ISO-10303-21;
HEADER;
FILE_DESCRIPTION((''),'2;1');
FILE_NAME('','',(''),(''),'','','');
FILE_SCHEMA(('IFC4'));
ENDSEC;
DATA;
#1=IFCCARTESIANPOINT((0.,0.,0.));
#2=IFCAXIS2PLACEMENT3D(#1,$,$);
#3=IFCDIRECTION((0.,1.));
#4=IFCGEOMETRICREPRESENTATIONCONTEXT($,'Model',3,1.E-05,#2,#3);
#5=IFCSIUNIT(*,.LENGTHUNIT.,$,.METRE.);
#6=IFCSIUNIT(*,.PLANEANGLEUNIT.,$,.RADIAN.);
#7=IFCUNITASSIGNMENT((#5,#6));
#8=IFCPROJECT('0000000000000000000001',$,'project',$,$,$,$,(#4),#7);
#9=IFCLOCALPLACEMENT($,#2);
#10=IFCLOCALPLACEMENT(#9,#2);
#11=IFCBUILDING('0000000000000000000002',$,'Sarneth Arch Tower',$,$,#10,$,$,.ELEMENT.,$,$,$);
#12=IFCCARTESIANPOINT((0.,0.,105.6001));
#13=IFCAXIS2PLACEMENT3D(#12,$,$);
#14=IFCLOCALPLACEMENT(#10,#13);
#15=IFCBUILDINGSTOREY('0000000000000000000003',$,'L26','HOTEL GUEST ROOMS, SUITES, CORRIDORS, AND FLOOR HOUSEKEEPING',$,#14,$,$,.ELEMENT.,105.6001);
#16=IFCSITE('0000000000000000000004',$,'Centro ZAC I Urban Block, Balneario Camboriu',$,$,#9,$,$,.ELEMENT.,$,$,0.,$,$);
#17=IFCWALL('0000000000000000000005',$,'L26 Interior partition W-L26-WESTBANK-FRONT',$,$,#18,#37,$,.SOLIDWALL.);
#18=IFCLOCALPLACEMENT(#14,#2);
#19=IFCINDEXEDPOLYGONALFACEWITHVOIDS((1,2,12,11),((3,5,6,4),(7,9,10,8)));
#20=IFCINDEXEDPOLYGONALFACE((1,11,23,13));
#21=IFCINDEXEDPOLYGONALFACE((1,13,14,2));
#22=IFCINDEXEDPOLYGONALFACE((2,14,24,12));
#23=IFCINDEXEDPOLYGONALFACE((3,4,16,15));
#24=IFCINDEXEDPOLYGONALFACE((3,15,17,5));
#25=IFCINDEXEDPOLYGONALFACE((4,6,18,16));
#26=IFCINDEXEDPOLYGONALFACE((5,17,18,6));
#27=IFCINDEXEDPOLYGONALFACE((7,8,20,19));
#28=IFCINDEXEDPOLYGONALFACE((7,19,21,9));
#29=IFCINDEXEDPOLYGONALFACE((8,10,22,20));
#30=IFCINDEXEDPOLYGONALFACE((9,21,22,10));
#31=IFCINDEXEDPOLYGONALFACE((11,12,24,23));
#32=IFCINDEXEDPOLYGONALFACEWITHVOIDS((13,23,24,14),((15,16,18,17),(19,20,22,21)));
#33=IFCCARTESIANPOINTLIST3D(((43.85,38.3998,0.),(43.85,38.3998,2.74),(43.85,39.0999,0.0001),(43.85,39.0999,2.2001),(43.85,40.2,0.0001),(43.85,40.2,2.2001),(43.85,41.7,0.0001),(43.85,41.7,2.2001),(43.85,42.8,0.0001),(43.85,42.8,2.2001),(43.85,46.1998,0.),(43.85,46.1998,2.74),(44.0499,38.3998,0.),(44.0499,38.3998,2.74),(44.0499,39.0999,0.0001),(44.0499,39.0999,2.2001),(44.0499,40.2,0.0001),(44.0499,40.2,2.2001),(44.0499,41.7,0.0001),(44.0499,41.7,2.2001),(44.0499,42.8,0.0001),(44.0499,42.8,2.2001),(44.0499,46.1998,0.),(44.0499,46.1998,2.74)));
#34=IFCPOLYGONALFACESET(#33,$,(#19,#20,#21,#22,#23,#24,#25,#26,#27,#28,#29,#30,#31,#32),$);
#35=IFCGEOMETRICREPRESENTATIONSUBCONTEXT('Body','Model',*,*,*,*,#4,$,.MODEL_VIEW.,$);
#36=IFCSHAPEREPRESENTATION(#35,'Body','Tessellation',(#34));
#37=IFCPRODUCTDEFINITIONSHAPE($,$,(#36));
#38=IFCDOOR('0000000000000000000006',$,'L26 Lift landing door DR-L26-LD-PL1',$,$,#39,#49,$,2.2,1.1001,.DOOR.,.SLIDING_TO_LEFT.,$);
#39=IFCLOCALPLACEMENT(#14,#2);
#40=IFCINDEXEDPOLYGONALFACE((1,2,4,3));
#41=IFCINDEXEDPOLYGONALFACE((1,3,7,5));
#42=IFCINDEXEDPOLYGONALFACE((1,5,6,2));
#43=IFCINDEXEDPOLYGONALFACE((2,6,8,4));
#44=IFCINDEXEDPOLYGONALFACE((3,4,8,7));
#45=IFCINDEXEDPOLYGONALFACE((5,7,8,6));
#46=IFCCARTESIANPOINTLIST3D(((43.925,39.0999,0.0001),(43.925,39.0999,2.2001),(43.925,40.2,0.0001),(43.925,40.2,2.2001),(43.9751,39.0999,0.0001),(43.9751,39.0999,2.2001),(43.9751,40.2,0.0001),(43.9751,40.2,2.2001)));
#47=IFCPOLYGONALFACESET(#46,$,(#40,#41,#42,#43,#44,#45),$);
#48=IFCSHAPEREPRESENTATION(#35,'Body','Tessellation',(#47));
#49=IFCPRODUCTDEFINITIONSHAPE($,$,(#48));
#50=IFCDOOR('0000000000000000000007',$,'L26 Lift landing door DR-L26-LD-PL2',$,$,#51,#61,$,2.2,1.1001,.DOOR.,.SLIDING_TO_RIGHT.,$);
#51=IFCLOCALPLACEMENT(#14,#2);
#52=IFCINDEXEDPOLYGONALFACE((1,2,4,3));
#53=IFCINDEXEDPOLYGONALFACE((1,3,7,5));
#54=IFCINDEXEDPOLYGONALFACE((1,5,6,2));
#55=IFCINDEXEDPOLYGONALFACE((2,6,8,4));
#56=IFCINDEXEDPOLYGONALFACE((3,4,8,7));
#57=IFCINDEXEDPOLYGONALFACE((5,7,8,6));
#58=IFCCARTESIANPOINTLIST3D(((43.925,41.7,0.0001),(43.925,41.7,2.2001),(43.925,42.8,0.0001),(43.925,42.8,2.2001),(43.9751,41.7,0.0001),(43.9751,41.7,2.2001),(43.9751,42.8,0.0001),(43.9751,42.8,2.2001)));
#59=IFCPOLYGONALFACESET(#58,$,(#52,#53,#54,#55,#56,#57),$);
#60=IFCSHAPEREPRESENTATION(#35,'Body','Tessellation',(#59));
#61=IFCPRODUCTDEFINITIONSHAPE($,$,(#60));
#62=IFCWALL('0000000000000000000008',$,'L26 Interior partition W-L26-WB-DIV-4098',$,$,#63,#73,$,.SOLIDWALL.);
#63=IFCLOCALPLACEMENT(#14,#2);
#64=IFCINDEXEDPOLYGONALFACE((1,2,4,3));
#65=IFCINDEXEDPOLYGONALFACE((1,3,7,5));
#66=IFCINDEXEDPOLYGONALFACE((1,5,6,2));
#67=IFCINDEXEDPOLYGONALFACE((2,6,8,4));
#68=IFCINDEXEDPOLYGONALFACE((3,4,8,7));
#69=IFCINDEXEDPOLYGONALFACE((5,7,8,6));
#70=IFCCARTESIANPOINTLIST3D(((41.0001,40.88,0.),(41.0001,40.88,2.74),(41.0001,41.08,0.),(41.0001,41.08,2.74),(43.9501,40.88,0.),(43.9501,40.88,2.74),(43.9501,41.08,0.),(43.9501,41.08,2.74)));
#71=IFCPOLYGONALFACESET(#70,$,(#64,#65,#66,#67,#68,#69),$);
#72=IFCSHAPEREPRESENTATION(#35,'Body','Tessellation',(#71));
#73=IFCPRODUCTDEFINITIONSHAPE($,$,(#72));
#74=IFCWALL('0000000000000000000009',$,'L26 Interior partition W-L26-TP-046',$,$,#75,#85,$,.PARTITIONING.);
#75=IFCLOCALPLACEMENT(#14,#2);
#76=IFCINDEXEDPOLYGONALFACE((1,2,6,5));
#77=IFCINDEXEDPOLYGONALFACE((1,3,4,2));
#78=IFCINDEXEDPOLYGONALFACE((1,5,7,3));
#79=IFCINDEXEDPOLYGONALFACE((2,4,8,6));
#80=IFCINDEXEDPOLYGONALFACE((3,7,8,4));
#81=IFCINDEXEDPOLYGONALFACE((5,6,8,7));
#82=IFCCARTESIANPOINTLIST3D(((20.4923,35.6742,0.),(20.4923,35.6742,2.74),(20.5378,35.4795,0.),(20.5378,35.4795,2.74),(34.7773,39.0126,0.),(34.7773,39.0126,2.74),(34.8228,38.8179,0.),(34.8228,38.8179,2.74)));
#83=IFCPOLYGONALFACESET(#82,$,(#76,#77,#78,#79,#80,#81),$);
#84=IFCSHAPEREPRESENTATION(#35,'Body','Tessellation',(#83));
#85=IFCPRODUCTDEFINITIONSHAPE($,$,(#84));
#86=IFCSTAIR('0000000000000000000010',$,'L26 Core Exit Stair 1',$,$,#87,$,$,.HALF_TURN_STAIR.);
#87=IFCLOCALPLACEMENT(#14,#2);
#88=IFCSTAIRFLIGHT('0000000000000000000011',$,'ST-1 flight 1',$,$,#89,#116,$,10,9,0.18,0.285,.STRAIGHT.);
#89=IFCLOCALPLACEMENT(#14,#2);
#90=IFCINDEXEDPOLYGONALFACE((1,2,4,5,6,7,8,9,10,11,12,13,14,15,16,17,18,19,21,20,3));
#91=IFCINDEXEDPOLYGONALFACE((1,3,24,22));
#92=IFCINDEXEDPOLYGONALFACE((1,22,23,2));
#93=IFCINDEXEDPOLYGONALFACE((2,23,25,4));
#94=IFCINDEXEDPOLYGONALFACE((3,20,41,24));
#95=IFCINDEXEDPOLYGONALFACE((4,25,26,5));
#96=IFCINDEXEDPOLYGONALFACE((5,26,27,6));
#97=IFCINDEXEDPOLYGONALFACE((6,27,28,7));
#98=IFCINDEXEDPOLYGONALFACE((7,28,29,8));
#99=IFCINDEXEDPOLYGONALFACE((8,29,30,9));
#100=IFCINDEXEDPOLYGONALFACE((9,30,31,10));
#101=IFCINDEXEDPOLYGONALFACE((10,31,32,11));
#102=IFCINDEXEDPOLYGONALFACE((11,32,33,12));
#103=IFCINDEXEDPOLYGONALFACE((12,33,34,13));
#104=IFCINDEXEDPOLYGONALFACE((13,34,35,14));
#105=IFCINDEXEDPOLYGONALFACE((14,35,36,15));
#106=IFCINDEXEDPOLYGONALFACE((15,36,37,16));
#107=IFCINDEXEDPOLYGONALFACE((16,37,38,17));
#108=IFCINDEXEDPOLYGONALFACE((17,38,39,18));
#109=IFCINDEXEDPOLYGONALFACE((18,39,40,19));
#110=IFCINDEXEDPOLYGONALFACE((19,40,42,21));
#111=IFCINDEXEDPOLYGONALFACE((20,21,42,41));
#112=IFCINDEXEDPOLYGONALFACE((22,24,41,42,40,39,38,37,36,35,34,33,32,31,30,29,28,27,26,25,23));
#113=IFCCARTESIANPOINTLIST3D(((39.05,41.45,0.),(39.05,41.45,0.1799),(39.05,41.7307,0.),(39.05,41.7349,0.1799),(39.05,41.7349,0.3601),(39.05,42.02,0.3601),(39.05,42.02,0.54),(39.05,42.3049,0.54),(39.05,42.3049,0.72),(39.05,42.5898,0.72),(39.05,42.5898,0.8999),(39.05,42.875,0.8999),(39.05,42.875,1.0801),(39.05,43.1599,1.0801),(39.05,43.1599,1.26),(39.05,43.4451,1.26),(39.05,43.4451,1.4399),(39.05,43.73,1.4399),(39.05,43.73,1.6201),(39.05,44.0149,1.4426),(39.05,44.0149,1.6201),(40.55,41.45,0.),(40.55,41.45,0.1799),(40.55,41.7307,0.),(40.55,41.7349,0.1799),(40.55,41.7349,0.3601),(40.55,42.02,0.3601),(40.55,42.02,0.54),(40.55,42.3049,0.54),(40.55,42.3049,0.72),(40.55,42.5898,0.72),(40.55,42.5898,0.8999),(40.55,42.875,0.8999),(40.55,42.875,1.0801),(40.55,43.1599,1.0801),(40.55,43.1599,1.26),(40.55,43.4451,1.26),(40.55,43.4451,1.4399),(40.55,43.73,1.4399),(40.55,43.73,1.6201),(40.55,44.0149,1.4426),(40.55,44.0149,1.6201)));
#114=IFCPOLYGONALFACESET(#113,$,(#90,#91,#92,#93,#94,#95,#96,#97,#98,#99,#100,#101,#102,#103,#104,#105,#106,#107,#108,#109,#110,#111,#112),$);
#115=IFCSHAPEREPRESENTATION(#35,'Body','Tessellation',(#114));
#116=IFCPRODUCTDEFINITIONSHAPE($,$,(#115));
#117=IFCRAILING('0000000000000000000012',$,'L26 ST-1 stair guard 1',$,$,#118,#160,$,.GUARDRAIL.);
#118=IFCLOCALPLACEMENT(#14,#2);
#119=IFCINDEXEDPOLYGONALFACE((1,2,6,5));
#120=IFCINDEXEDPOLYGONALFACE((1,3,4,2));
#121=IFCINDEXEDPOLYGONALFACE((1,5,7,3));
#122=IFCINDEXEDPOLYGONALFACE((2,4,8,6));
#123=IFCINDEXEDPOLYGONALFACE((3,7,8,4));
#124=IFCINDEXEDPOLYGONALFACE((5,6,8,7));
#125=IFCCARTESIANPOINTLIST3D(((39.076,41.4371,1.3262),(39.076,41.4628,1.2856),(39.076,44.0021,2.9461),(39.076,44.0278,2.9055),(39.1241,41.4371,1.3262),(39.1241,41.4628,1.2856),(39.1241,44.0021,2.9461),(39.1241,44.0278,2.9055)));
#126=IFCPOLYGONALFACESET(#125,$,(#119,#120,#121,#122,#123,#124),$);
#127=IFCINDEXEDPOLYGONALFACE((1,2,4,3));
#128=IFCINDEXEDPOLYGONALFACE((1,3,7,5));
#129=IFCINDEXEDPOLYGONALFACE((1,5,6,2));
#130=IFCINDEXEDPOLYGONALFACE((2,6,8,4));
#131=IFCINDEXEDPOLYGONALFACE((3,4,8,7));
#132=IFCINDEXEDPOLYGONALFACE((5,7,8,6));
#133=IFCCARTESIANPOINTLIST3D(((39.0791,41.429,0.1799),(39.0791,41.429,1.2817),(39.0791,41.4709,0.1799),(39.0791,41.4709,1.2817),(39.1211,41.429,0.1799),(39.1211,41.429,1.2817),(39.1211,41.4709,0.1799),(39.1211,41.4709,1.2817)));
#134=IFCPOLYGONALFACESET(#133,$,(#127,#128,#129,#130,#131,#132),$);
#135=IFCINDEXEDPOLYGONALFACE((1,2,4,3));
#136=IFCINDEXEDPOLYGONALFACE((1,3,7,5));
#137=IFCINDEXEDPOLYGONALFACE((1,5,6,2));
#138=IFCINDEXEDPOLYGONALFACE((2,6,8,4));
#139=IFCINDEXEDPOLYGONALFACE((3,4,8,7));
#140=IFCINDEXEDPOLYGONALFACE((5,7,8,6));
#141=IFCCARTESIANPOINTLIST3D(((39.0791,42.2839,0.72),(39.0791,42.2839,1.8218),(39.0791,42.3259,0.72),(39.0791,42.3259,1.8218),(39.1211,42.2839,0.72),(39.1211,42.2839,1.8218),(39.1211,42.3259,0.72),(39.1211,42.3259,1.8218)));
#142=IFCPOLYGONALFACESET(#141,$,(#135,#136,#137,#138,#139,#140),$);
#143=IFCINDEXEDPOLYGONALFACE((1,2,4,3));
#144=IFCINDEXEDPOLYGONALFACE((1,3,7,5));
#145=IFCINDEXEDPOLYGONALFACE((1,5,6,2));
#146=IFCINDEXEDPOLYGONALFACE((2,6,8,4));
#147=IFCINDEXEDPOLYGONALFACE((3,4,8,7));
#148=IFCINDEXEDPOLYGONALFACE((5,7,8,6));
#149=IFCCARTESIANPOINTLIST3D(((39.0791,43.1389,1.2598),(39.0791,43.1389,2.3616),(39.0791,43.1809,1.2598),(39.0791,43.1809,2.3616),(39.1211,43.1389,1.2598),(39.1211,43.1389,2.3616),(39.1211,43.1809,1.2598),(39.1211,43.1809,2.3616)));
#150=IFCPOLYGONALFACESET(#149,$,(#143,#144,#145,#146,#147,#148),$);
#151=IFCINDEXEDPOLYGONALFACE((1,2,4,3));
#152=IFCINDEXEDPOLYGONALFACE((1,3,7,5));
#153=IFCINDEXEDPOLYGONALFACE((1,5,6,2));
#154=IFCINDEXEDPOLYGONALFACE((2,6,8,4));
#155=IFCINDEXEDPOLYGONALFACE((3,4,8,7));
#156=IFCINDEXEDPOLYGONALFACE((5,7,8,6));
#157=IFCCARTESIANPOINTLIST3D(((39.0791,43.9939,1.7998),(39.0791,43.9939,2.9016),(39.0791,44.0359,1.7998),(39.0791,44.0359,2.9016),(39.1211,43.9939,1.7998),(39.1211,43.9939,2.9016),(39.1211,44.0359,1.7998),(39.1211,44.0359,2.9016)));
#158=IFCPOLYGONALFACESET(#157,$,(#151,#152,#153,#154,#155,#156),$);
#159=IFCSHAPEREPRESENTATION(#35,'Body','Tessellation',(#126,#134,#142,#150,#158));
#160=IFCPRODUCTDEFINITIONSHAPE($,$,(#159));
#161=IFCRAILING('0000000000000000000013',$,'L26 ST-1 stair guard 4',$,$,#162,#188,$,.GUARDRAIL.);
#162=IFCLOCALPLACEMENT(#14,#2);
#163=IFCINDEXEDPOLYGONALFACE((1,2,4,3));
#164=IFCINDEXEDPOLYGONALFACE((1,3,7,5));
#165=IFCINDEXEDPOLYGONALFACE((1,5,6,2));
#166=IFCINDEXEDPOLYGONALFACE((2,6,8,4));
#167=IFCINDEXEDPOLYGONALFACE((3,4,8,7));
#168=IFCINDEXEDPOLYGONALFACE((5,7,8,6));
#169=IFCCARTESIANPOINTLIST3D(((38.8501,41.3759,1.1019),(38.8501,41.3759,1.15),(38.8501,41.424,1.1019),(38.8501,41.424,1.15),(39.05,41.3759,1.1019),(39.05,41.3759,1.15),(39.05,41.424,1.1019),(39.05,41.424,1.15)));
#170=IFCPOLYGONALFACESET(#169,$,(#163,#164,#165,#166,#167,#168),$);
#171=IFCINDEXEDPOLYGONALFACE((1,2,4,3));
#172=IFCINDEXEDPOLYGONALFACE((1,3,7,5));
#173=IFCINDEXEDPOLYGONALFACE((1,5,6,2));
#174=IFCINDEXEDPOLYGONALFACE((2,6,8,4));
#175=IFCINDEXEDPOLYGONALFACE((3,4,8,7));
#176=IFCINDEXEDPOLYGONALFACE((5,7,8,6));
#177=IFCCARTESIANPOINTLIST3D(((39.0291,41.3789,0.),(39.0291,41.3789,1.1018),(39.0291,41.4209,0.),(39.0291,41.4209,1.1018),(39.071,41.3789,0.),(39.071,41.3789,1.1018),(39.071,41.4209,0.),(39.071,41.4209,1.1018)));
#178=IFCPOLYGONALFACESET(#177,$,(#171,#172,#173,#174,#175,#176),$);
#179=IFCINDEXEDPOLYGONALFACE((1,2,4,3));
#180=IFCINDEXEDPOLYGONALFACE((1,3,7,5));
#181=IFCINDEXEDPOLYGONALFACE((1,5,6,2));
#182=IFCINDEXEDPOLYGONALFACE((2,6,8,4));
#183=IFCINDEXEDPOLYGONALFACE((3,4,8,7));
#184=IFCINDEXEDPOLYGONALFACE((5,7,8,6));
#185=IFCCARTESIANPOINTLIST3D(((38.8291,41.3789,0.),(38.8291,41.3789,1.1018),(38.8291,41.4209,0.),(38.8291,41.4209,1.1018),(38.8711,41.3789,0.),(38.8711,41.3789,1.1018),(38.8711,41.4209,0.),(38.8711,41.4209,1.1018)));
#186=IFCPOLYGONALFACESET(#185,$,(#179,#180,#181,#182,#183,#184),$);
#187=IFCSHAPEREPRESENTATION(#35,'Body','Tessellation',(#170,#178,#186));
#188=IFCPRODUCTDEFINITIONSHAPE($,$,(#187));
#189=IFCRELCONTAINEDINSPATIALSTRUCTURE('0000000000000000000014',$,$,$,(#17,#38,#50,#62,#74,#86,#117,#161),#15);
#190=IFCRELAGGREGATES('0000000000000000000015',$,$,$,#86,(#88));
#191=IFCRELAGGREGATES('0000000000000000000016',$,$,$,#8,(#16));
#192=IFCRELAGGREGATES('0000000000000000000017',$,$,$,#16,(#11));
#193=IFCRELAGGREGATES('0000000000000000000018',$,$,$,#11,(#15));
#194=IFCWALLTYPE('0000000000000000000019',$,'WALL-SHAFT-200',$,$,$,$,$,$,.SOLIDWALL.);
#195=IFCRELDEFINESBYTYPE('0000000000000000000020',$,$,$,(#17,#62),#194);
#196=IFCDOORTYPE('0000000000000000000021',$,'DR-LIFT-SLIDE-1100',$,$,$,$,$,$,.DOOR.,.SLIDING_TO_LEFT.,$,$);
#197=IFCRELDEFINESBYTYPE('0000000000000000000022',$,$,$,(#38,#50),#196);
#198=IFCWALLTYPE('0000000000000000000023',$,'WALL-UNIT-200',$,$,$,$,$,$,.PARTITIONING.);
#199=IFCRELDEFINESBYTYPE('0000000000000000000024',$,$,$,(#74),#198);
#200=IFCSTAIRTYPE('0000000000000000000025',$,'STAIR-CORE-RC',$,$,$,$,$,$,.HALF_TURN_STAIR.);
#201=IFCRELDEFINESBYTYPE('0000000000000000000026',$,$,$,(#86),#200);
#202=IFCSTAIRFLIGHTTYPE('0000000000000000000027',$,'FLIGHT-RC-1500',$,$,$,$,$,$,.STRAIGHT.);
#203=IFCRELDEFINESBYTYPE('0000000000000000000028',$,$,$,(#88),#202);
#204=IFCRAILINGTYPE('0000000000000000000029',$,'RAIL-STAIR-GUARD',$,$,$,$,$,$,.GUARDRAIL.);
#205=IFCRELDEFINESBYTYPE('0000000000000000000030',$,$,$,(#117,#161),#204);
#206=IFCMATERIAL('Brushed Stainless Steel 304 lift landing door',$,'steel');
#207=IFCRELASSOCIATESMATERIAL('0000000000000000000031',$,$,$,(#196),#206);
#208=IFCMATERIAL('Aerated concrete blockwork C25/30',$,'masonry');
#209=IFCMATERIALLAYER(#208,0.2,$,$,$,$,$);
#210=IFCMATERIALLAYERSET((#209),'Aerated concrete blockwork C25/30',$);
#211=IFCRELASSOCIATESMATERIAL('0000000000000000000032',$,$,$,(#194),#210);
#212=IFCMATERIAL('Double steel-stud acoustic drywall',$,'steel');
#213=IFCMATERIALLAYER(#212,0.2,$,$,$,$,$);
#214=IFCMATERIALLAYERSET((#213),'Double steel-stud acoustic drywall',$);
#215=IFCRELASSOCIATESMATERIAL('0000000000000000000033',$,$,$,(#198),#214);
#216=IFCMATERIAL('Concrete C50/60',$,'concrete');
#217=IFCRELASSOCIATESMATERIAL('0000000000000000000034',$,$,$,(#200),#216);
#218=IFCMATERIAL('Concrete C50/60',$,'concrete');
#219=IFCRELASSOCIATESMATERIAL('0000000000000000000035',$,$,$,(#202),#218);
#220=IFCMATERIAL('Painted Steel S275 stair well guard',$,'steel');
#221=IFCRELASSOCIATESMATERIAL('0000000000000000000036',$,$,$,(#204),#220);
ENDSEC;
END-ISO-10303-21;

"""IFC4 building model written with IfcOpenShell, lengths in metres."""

from ifc_helpers import new_model, si_unit, direction, frame, frame_2d, origin, origin_2d, place, context, subcontext, project, spatial, polyline, rectangle, outline, extrude, material, layer, layer_set, type_object, element, fill, aggregate, save


model = new_model("IFC4")

# Units and contexts
model_context = context("Model", 3, precision=1e-05, world=origin(), true_north=direction((0.0, 1.0)))
body_context = subcontext(model_context, "Body", "Model", "MODEL_VIEW")
ifc_project = project(units=[si_unit("LENGTHUNIT", "METRE"), si_unit("PLANEANGLEUNIT", "RADIAN")], contexts=[model_context])

# Site, building, storey
site_placement = place(None, origin())
site = spatial("IfcSite", under=ifc_project, at=site_placement, Name="Centro ZAC I Urban Block, Balneario Camboriu", CompositionType="ELEMENT", RefElevation=0.0)
building_placement = place(site_placement, origin())
building = spatial("IfcBuilding", under=site, at=building_placement, Name="Sarneth Arch Tower", CompositionType="ELEMENT")
storey_placement = place(building_placement, frame((0.0, 0.0, 105.6001)))
storey = spatial("IfcBuildingStorey", under=building, at=storey_placement, Name="L26", Description="HOTEL GUEST ROOMS, SUITES, CORRIDORS, AND FLOOR HOUSEKEEPING", CompositionType="ELEMENT", Elevation=105.6001)

# Shared definitions
ifc_material_1 = material(Name="Brushed Stainless Steel 304 lift landing door", Category="steel")
door_type_1 = type_object("IfcDoorType", Name="DR-LIFT-SLIDE-1100", OperationType="SLIDING_TO_LEFT", PredefinedType="DOOR", material=ifc_material_1)

# Shared definitions
ifc_material_2 = material(Name="Aerated concrete blockwork C25/30", Category="masonry")
ifc_layer_1 = layer(ifc_material_2, 0.2)
ifc_layer_set_1 = layer_set([ifc_layer_1], Name="Aerated concrete blockwork C25/30")
wall_type_1 = type_object("IfcWallType", Name="WALL-SHAFT-200", PredefinedType="SOLIDWALL", material=ifc_layer_set_1)

# Wall, openings, doors
wall_1_placement = place(storey_placement, frame((43.95, 38.3999, 0.0), z_axis=(0.0, 0.0, 1.0), x_axis=(0.0, 1.0, 0.0)))
wall_1 = element("IfcWall", 1, at=wall_1_placement, inside=storey, type_object=wall_type_1, Name="L26 Interior partition W-L26-WESTBANK-FRONT", PredefinedType="SOLIDWALL", context=body_context, shape_type="SweptSolid", body=[
    extrude(rectangle(XDim=7.8, YDim=0.2, at=frame_2d((3.8999, 0.0))), origin(), (0.0, 0.0, 1.0), 2.74),
])
opening_1_placement = place(wall_1_placement, frame((0.7, 0.0, 0.0)))
opening_1 = element("IfcOpeningElement", 2, at=opening_1_placement, cuts=wall_1, PredefinedType="OPENING", context=body_context, shape_type="SweptSolid", body=[
    extrude(rectangle(XDim=1.1001, YDim=2.2, at=frame_2d((0.55, 1.1001))), frame((0.0, 0.1099, 0.0), z_axis=(0.0, -1.0, 0.0), x_axis=(1.0, 0.0, 0.0)), (0.0, 0.0, 1.0), 0.22),
])
opening_2_placement = place(wall_1_placement, frame((3.3, 0.0, 0.0)))
opening_2 = element("IfcOpeningElement", 3, at=opening_2_placement, cuts=wall_1, PredefinedType="OPENING", context=body_context, shape_type="SweptSolid", body=[
    extrude(rectangle(XDim=1.1001, YDim=2.2, at=frame_2d((0.55, 1.1001))), frame((0.0, 0.1099, 0.0), z_axis=(0.0, -1.0, 0.0), x_axis=(1.0, 0.0, 0.0)), (0.0, 0.0, 1.0), 0.22),
])
door_1_placement = place(opening_1_placement, origin())
door_1 = element("IfcDoor", 4, at=door_1_placement, inside=storey, type_object=door_type_1, Name="L26 Lift landing door DR-L26-LD-PL1", OperationType="SLIDING_TO_LEFT", OverallHeight=2.2, OverallWidth=1.1001, PredefinedType="DOOR", context=body_context, shape_type="SweptSolid", body=[
    extrude(rectangle(XDim=1.1001, YDim=2.2, at=frame_2d((0.55, 1.1001))), frame((0.0, 0.0249, 0.0), z_axis=(0.0, -1.0, 0.0), x_axis=(1.0, 0.0, 0.0)), (0.0, 0.0, 1.0), 0.05),
])
fill(opening_1, door_1)
door_2_placement = place(opening_2_placement, origin())
door_2 = element("IfcDoor", 5, at=door_2_placement, inside=storey, type_object=door_type_1, Name="L26 Lift landing door DR-L26-LD-PL2", OperationType="SLIDING_TO_RIGHT", OverallHeight=2.2, OverallWidth=1.1001, PredefinedType="DOOR", context=body_context, shape_type="SweptSolid", body=[
    extrude(rectangle(XDim=1.1001, YDim=2.2, at=frame_2d((0.55, 1.1001))), frame((0.0, 0.0249, 0.0), z_axis=(0.0, -1.0, 0.0), x_axis=(1.0, 0.0, 0.0)), (0.0, 0.0, 1.0), 0.05),
])
fill(opening_2, door_2)

# Walls
wall_2_placement = place(storey_placement, frame((41.0, 40.98, 0.0), z_axis=(0.0, 0.0, 1.0), x_axis=(1.0, 0.0, 0.0)))
element("IfcWall", 6, at=wall_2_placement, inside=storey, type_object=wall_type_1, Name="L26 Interior partition W-L26-WB-DIV-4098", PredefinedType="SOLIDWALL", context=body_context, shape_type="SweptSolid", body=[
    extrude(rectangle(XDim=2.95, YDim=0.2, at=frame_2d((1.4751, 0.0))), origin(), (0.0, 0.0, 1.0), 2.74),
])
ifc_material_3 = material(Name="Double steel-stud acoustic drywall", Category="steel")
ifc_layer_2 = layer(ifc_material_3, 0.2)
ifc_layer_set_2 = layer_set([ifc_layer_2], Name="Double steel-stud acoustic drywall")
wall_type_2 = type_object("IfcWallType", Name="WALL-UNIT-200", PredefinedType="PARTITIONING", material=ifc_layer_set_2)
wall_3_placement = place(storey_placement, frame((34.8, 38.9153, 0.0), z_axis=(0.0, 0.0, 1.0), x_axis=(-0.973762, -0.227568, 0.0)))
element("IfcWall", 7, at=wall_3_placement, inside=storey, type_object=wall_type_2, Name="L26 Interior partition W-L26-TP-046", PredefinedType="PARTITIONING", context=body_context, shape_type="SweptSolid", body=[
    extrude(rectangle(XDim=14.6699, YDim=0.2, at=frame_2d((7.335, 0.0))), origin(), (0.0, 0.0, 1.0), 2.74),
])

# Stair, stair flight
ifc_material_4 = material(Name="Concrete C50/60", Category="concrete")
stair_type = type_object("IfcStairType", Name="STAIR-CORE-RC", PredefinedType="HALF_TURN_STAIR", material=ifc_material_4)
stair_placement = place(storey_placement, origin())
stair = element("IfcStair", 8, at=stair_placement, inside=storey, type_object=stair_type, Name="L26 Core Exit Stair 1", PredefinedType="HALF_TURN_STAIR")
ifc_material_5 = material(Name="Concrete C50/60", Category="concrete")
stair_flight_type = type_object("IfcStairFlightType", Name="FLIGHT-RC-1500", PredefinedType="STRAIGHT", material=ifc_material_5)
stair_flight_placement = place(storey_placement, frame((39.8, 41.45, 0.0), z_axis=(0.0, 0.0, 1.0), x_axis=(0.0, 1.0, 0.0)))
stair_flight = element("IfcStairFlight", 9, at=stair_flight_placement, type_object=stair_flight_type, Name="ST-1 flight 1", NumberOfRisers=10, NumberOfTreads=9, PredefinedType="STRAIGHT", RiserHeight=0.18, TreadLength=0.285, context=body_context, shape_type="SweptSolid", body=[
    extrude(outline(polyline([(0.0, 0.0), (0.0, 0.1799), (0.2849, 0.1799), (0.2849, 0.3601), (0.5701, 0.3601), (0.5701, 0.54), (0.855, 0.54), (0.855, 0.72), (1.1399, 0.72), (1.1399, 0.8999), (1.425, 0.8999), (1.425, 1.0801), (1.71, 1.0801), (1.71, 1.26), (1.9951, 1.26), (1.9951, 1.4399), (2.28, 1.4399), (2.28, 1.6201), (2.5649, 1.6201), (2.5649, 1.8), (2.5649, 1.4426), (0.2808, 0.0), (0.0, 0.0)])), frame((0.0, 0.75, 0.0), z_axis=(0.0, -1.0, 0.0), x_axis=(1.0, 0.0, 0.0)), (0.0, 0.0, 1.0), 1.5),
])
aggregate(stair, [stair_flight])

# Railings
ifc_material_6 = material(Name="Painted Steel S275 stair well guard", Category="steel")
railing_type = type_object("IfcRailingType", Name="RAIL-STAIR-GUARD", PredefinedType="GUARDRAIL", material=ifc_material_6)
railing_1_placement = place(storey_placement, frame((39.1001, 41.45, 0.1799)))
element("IfcRailing", 10, at=railing_1_placement, inside=storey, type_object=railing_type, Name="L26 ST-1 stair guard 1", PredefinedType="GUARDRAIL", context=body_context, shape_type="SweptSolid", body=[
    extrude(rectangle(XDim=0.0481, YDim=0.0481, at=origin_2d()), frame((0.0, 0.0, 1.126), z_axis=(0.0, 0.845502, 0.533972), x_axis=(-1.0, 0.0, 0.0)), (0.0, 0.0, 1.0), 3.0337),
    extrude(rectangle(XDim=0.042, YDim=0.042, at=origin_2d()), origin(), (0.0, 0.0, 1.0), 1.1018),
    extrude(rectangle(XDim=0.042, YDim=0.042, at=origin_2d()), frame((0.0, 0.855, 0.54)), (0.0, 0.0, 1.0), 1.1018),
    extrude(rectangle(XDim=0.042, YDim=0.042, at=origin_2d()), frame((0.0, 1.71, 1.0798)), (0.0, 0.0, 1.0), 1.1018),
    extrude(rectangle(XDim=0.042, YDim=0.042, at=origin_2d()), frame((0.0, 2.5649, 1.6199)), (0.0, 0.0, 1.0), 1.1018),
])
railing_2_placement = place(storey_placement, frame((39.05, 41.3999, 0.0)))
element("IfcRailing", 11, at=railing_2_placement, inside=storey, type_object=railing_type, Name="L26 ST-1 stair guard 4", PredefinedType="GUARDRAIL", context=body_context, shape_type="SweptSolid", body=[
    extrude(rectangle(XDim=0.0481, YDim=0.0481, at=origin_2d()), frame((0.0, 0.0, 1.126), z_axis=(-1.0, 0.0, 0.0), x_axis=(0.0, -1.0, 0.0)), (0.0, 0.0, 1.0), 0.2),
    extrude(rectangle(XDim=0.042, YDim=0.042, at=origin_2d()), origin(), (0.0, 0.0, 1.0), 1.1018),
    extrude(rectangle(XDim=0.042, YDim=0.042, at=origin_2d()), frame((-0.2, 0.0, 0.0)), (0.0, 0.0, 1.0), 1.1018),
])

save(model, "model.ifc")
